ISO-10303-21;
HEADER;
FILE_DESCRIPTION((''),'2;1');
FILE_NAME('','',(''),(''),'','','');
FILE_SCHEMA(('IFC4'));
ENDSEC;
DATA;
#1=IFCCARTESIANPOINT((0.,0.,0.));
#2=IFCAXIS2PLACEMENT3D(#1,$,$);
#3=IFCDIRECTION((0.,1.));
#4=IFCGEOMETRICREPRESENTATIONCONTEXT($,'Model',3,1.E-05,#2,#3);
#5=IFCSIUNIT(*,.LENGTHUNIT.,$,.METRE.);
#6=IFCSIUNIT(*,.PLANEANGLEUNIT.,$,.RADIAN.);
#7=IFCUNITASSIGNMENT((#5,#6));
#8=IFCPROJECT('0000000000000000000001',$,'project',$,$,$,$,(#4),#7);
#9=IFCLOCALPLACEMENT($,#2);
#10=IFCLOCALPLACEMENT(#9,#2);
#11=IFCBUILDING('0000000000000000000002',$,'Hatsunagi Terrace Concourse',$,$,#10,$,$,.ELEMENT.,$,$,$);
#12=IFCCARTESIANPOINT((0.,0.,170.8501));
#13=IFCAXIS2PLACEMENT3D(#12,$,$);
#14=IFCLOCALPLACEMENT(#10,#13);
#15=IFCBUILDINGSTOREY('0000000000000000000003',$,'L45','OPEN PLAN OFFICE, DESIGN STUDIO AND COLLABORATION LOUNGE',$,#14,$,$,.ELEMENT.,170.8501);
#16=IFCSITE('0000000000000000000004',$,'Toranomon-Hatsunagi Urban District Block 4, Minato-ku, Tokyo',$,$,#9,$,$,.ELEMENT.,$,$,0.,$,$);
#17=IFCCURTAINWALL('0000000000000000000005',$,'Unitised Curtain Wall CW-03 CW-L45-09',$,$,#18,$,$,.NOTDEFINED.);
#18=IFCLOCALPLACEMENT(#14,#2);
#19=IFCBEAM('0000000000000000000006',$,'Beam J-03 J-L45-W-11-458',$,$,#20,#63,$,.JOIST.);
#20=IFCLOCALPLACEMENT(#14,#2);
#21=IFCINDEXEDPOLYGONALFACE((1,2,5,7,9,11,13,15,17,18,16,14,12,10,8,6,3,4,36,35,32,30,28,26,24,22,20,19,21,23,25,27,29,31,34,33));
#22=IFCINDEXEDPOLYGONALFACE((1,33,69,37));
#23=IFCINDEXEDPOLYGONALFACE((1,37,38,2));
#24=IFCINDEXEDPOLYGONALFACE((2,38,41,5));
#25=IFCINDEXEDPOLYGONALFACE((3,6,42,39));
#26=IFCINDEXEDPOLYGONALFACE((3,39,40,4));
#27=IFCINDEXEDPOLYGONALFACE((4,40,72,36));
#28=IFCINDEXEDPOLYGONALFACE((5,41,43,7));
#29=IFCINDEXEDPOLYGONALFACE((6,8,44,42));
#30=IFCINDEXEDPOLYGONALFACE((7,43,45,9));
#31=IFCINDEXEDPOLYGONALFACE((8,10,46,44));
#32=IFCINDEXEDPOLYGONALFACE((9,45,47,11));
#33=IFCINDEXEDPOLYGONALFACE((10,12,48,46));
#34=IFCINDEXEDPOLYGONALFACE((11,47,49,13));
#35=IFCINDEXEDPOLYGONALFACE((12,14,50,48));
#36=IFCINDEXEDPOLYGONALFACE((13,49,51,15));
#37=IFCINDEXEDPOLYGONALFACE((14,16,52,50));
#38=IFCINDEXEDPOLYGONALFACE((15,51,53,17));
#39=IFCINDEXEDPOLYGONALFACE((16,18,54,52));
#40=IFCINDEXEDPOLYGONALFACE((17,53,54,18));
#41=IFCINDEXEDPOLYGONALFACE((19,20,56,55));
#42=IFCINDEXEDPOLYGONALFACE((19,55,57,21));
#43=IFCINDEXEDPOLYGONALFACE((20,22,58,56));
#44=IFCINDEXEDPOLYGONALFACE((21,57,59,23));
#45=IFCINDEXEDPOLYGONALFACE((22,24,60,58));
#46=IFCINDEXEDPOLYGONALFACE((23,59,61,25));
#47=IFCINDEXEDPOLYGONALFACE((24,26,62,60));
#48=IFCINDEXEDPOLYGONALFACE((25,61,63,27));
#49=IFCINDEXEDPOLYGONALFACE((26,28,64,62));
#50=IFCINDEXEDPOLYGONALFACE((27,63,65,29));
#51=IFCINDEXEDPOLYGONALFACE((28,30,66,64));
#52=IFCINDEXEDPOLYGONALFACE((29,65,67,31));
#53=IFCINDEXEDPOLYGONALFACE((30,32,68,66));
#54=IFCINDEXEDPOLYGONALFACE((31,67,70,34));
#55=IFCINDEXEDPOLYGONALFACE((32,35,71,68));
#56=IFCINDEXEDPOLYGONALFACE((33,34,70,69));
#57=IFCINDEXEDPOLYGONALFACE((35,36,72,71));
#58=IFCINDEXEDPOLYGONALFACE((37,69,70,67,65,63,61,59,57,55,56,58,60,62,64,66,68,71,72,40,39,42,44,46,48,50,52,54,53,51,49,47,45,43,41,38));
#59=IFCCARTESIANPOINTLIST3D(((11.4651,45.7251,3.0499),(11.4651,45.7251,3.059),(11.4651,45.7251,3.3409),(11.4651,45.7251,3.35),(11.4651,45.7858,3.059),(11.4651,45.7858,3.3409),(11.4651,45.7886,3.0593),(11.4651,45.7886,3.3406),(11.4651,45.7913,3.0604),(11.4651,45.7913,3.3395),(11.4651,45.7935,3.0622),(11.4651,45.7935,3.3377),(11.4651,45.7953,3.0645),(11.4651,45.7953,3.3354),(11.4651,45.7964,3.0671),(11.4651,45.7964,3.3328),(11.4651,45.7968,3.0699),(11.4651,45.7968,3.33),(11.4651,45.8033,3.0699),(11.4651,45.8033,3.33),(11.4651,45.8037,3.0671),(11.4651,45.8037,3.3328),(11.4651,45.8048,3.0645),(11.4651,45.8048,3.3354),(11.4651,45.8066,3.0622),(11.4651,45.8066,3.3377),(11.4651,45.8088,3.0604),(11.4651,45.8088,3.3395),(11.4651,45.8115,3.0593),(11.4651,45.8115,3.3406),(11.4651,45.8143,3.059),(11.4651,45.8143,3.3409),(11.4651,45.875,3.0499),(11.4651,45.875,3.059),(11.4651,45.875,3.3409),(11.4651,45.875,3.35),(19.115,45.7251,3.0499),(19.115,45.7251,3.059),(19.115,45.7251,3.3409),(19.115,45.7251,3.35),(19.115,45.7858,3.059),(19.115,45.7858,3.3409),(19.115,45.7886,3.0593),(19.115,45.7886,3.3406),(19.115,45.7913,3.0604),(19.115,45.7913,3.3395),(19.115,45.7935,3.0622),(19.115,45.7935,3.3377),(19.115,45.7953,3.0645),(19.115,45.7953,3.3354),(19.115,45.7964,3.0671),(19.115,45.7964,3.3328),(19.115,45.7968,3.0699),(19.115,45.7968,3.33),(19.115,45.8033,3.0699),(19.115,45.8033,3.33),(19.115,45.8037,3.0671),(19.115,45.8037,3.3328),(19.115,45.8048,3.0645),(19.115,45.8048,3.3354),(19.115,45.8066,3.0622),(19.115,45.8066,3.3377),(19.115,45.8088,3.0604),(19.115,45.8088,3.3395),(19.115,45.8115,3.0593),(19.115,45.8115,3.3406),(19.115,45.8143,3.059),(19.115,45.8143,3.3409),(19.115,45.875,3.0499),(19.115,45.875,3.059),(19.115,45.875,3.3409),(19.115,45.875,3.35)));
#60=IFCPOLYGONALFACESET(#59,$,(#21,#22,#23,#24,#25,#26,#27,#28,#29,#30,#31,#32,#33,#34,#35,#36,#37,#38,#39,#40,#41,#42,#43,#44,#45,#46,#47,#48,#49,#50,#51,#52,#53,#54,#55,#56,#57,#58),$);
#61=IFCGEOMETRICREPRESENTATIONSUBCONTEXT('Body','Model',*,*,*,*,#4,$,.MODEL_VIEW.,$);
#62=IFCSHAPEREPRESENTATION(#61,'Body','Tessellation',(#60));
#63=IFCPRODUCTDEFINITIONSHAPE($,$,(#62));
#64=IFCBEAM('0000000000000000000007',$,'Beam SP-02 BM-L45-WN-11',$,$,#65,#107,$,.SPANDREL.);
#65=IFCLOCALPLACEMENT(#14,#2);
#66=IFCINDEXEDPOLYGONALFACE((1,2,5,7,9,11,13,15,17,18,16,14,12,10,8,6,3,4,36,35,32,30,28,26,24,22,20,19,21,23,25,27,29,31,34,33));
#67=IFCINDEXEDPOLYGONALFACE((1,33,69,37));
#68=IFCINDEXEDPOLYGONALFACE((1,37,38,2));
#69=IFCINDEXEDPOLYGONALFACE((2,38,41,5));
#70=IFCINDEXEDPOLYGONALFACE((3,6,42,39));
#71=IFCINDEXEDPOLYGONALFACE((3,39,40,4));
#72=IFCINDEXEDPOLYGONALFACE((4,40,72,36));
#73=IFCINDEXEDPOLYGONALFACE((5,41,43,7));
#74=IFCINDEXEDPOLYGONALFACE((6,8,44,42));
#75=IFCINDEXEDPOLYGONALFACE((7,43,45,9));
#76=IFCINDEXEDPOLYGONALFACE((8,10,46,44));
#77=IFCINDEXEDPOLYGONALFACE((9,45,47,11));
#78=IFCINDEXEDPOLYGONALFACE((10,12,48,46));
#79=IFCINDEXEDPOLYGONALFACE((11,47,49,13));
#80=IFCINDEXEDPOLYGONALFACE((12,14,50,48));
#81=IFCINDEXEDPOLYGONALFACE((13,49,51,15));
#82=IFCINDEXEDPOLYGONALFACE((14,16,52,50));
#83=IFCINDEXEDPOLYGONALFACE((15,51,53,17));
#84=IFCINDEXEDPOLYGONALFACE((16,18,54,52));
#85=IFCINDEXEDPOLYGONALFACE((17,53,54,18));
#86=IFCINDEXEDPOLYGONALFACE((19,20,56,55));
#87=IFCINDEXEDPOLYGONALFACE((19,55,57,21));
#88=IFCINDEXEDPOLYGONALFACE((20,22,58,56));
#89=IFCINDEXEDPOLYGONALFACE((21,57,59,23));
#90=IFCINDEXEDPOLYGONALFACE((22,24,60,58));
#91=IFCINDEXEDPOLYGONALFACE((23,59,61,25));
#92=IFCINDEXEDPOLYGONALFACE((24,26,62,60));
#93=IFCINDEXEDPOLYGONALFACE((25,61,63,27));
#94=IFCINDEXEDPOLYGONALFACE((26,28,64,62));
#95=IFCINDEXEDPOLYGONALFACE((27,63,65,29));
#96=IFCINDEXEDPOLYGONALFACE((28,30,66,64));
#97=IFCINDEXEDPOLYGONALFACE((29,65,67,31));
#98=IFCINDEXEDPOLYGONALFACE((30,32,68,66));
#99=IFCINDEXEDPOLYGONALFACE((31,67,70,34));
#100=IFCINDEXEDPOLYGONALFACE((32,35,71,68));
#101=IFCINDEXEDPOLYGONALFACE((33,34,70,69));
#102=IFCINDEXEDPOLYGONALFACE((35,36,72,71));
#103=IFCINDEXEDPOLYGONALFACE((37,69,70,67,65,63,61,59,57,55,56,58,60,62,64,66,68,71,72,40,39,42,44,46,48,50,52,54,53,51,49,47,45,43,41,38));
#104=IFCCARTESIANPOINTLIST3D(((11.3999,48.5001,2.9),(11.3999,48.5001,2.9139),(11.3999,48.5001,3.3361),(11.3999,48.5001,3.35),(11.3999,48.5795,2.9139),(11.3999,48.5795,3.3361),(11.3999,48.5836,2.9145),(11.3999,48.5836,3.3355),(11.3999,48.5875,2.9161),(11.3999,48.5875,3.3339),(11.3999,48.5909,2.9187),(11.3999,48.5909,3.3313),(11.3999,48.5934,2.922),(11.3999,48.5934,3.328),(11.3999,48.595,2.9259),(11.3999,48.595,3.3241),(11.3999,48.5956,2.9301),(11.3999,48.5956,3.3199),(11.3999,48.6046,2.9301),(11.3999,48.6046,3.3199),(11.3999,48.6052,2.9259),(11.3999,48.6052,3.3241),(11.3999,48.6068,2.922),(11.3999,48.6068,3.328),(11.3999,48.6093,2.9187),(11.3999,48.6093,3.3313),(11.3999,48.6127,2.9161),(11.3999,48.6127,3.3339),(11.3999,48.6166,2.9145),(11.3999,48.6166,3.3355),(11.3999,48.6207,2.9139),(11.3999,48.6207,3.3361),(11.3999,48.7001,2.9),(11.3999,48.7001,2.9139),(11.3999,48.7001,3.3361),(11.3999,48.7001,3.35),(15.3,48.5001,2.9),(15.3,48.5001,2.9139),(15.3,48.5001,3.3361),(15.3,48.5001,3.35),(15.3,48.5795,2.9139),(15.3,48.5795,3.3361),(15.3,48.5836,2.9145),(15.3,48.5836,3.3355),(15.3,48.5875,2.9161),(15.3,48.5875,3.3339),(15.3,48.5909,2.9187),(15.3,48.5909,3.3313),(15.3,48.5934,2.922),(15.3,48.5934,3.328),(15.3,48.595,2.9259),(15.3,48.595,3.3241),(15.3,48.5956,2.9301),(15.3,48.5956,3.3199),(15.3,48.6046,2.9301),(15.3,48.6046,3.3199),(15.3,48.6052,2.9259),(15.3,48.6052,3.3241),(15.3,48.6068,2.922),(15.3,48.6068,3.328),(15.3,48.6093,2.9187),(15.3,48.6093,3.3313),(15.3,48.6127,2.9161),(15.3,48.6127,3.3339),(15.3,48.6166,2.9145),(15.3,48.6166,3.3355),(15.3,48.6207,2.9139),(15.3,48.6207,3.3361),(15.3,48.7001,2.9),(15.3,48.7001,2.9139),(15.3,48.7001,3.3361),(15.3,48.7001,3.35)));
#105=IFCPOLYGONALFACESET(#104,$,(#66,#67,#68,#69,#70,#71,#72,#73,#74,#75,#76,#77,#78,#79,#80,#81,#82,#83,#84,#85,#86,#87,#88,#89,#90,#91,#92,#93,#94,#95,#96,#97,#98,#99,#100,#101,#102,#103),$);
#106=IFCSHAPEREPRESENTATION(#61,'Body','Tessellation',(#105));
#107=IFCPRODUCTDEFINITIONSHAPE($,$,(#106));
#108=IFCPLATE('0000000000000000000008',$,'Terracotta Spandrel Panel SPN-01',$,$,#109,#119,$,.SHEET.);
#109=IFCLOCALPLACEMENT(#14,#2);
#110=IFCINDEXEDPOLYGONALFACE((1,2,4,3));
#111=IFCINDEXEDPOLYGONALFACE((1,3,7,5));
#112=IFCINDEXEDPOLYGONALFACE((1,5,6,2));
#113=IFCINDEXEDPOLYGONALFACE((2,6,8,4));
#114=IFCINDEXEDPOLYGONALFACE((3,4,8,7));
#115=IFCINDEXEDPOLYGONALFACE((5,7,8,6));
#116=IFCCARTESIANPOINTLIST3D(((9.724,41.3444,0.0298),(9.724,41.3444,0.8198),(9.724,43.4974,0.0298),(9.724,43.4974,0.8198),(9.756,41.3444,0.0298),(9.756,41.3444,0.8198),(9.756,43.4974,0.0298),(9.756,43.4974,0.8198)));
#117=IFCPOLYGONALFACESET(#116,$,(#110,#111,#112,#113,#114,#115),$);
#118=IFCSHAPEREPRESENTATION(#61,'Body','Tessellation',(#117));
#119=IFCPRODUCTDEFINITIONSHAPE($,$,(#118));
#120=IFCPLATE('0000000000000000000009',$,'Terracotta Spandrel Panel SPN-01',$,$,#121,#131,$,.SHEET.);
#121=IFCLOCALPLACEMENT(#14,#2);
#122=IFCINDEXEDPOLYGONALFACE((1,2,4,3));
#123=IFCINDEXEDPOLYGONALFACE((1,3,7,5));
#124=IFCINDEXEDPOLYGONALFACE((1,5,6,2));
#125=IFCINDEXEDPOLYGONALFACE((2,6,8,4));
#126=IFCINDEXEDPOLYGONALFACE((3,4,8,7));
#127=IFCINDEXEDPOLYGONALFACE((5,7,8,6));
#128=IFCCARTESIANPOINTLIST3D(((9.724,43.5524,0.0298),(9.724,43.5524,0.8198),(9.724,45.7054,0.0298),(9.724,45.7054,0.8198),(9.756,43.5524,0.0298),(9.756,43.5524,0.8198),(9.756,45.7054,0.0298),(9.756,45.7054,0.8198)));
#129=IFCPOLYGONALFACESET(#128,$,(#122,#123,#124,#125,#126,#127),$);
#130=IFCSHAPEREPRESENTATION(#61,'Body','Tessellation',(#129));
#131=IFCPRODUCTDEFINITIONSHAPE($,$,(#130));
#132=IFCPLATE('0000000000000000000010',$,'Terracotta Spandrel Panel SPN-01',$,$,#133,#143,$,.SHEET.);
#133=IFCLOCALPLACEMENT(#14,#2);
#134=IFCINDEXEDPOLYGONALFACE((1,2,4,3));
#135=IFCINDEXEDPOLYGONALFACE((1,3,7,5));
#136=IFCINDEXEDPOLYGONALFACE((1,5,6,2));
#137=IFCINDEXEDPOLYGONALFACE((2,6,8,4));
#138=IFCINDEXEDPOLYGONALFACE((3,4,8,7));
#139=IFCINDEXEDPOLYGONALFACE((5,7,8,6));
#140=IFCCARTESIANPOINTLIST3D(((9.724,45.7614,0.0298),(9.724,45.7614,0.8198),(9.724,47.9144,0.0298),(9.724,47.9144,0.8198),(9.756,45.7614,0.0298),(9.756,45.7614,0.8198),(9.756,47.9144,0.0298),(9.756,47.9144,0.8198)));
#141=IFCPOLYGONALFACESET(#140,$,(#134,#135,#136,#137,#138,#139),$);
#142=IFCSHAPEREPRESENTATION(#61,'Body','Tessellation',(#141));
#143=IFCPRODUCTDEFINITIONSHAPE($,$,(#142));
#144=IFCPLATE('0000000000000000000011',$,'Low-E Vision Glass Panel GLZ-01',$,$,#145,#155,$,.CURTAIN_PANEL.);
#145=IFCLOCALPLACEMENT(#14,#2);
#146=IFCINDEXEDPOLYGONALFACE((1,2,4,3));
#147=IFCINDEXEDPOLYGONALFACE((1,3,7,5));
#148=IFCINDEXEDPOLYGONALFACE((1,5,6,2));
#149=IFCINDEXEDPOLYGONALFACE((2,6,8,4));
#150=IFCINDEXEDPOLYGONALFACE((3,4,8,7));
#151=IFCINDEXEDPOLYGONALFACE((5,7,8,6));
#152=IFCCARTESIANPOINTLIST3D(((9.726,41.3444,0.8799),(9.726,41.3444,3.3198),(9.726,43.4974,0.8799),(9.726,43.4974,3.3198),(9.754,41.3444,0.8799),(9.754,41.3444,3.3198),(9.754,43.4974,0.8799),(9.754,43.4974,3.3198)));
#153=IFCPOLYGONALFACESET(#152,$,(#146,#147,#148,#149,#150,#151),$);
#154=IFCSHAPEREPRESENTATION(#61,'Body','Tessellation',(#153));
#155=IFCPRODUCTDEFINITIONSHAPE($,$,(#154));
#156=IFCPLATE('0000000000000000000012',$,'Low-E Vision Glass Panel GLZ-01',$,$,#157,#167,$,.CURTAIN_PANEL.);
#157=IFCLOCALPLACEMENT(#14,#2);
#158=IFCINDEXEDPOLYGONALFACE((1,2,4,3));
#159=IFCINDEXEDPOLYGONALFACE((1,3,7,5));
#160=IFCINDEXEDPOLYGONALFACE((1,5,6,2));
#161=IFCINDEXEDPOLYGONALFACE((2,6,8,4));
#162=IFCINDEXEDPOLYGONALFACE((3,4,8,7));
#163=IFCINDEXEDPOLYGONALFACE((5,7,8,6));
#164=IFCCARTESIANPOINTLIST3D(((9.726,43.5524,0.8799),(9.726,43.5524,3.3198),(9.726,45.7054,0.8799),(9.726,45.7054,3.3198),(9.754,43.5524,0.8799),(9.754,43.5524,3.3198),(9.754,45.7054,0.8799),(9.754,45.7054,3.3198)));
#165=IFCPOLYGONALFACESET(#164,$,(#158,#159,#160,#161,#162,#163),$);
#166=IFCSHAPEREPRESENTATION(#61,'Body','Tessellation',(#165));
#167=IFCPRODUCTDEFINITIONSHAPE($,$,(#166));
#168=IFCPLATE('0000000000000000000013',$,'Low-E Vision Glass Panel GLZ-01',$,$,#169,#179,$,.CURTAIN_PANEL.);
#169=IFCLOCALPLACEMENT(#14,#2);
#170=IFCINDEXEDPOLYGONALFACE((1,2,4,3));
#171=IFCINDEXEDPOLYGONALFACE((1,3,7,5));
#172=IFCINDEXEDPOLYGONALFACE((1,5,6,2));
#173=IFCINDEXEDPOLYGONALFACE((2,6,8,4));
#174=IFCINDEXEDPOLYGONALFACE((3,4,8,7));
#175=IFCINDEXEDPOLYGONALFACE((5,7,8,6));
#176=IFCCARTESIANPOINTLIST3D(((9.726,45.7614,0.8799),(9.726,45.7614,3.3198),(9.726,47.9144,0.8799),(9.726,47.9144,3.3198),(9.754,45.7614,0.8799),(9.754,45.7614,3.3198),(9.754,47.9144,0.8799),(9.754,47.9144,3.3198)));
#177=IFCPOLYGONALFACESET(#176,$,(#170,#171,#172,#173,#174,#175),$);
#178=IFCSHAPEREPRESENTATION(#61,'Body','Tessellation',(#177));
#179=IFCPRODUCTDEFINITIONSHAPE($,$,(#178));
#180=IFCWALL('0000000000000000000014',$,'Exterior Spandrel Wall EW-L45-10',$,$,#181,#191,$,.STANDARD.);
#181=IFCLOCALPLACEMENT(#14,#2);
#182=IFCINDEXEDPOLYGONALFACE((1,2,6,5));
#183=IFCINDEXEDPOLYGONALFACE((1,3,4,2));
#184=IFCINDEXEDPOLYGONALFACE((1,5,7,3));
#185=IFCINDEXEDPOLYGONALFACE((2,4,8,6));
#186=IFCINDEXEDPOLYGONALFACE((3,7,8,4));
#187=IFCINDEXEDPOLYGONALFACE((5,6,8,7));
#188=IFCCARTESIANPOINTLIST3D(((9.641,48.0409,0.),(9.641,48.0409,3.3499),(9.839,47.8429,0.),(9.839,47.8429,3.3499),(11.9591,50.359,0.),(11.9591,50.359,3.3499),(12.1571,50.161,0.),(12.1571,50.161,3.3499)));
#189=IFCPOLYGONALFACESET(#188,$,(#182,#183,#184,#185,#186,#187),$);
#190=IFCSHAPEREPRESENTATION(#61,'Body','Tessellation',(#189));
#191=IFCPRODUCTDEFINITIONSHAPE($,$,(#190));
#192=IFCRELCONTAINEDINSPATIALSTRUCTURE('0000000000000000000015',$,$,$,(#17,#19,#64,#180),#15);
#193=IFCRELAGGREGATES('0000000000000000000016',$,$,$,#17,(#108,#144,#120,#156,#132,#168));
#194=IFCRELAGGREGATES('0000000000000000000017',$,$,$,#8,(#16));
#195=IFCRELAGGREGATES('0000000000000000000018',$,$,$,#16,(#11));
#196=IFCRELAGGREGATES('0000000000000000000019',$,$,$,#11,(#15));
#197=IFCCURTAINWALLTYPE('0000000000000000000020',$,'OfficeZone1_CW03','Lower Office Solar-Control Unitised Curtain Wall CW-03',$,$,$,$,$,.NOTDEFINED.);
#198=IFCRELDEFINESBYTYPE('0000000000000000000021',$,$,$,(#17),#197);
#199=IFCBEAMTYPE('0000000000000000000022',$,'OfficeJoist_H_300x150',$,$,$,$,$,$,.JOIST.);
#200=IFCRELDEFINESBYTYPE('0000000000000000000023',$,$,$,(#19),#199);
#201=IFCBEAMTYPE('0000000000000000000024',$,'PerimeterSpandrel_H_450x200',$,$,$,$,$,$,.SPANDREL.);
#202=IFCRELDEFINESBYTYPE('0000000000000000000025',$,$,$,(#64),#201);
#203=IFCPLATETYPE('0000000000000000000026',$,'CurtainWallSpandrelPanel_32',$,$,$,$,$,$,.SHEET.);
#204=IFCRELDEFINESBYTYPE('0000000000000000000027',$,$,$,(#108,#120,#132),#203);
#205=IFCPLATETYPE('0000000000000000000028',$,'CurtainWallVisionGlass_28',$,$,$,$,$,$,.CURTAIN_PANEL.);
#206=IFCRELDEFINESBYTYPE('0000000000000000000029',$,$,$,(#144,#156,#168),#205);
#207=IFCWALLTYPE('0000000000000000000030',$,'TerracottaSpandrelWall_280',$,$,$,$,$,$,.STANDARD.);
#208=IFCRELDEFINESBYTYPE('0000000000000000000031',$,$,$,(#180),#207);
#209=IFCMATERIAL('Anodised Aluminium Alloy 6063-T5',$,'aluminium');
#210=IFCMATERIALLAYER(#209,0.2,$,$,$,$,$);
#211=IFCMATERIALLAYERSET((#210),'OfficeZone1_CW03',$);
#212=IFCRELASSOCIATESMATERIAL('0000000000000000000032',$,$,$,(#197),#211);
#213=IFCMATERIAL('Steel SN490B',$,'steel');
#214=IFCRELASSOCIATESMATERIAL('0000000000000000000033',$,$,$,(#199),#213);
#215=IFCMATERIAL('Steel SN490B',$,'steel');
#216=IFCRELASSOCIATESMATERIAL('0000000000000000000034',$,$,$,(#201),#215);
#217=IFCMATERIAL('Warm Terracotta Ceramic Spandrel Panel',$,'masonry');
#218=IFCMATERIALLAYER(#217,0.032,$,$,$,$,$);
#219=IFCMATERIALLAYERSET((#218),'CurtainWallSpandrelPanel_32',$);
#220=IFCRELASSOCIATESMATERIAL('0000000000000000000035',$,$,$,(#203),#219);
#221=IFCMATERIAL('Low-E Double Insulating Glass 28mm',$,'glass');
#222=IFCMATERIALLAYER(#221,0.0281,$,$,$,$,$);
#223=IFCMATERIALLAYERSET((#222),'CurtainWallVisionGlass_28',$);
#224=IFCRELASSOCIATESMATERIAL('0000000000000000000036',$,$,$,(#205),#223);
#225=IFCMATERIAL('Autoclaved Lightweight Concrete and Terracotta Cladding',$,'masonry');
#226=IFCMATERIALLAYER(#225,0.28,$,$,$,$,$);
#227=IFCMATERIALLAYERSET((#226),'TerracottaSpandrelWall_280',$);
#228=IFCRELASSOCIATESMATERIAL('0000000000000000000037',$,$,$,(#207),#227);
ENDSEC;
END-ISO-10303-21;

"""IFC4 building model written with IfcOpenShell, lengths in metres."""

from ifc_helpers import new_model, si_unit, direction, frame, frame_2d, origin, origin_2d, place, context, subcontext, project, spatial, rectangle, i_section, extrude, material, layer, layer_set, material_profile, profile_set, type_object, element, aggregate, save


model = new_model("IFC4")

# Units and contexts
model_context = context("Model", 3, precision=1e-05, world=origin(), true_north=direction((0.0, 1.0)))
body_context = subcontext(model_context, "Body", "Model", "MODEL_VIEW")
ifc_project = project(units=[si_unit("LENGTHUNIT", "METRE"), si_unit("PLANEANGLEUNIT", "RADIAN")], contexts=[model_context])

# Site, building, storey
site_placement = place(None, origin())
site = spatial("IfcSite", under=ifc_project, at=site_placement, Name="Toranomon-Hatsunagi Urban District Block 4, Minato-ku, Tokyo", CompositionType="ELEMENT", RefElevation=0.0)
building_placement = place(site_placement, origin())
building = spatial("IfcBuilding", under=site, at=building_placement, Name="Hatsunagi Terrace Concourse", CompositionType="ELEMENT")
storey_placement = place(building_placement, frame((0.0, 0.0, 170.8501)))
storey = spatial("IfcBuildingStorey", under=building, at=storey_placement, Name="L45", Description="OPEN PLAN OFFICE, DESIGN STUDIO AND COLLABORATION LOUNGE", CompositionType="ELEMENT", Elevation=170.8501)

# Curtain wall
ifc_material_1 = material(Name="Anodised Aluminium Alloy 6063-T5", Category="aluminium")
ifc_layer_1 = layer(ifc_material_1, 0.2)
ifc_layer_set_1 = layer_set([ifc_layer_1], Name="OfficeZone1_CW03")
curtain_wall_type = type_object("IfcCurtainWallType", Name="OfficeZone1_CW03", Description="Lower Office Solar-Control Unitised Curtain Wall CW-03", PredefinedType="NOTDEFINED", material=ifc_layer_set_1)
curtain_wall_placement = place(storey_placement, origin())
curtain_wall = element("IfcCurtainWall", 1, at=curtain_wall_placement, inside=storey, type_object=curtain_wall_type, Name="Unitised Curtain Wall CW-03 CW-L45-09", PredefinedType="NOTDEFINED")

# Beams
ifc_material_2 = material(Name="Steel SN490B", Category="steel")
ifc_material_profile_1 = material_profile(ifc_material_2, i_section(OverallWidth=0.1499, OverallDepth=0.3, WebThickness=0.0066, FlangeThickness=0.009, FilletRadius=0.011, at=origin_2d()), Name="H-300x150x6.5x9")
ifc_profile_set_1 = profile_set([ifc_material_profile_1], Name="Steel SN490B")
beam_type_1 = type_object("IfcBeamType", Name="OfficeJoist_H_300x150", PredefinedType="JOIST", material=ifc_profile_set_1)
for number, where, z_axis, x_axis, name in (
    (2, (11.4651, 45.8, 3.2), (1.0, 0.0, 0.0), (0.0, 1.0, 0.0), "Beam J-03 J-L45-W-11-458"),
):
    element("IfcBeam", number, at=place(storey_placement, frame(where, z_axis=z_axis, x_axis=x_axis)), inside=storey, type_object=beam_type_1, Name=name, PredefinedType="JOIST", context=body_context, shape_type="SweptSolid", body=[
        extrude(i_section(OverallWidth=0.1499, OverallDepth=0.3, WebThickness=0.0066, FlangeThickness=0.009, FilletRadius=0.011, at=origin_2d()), origin(), (0.0, 0.0, 1.0), 7.6499),
    ])
ifc_material_3 = material(Name="Steel SN490B", Category="steel")
ifc_material_profile_2 = material_profile(ifc_material_3, i_section(OverallWidth=0.2, OverallDepth=0.45, WebThickness=0.009, FlangeThickness=0.0139, FilletRadius=0.0161, at=origin_2d()), Name="H-450x200x9x14")
ifc_profile_set_2 = profile_set([ifc_material_profile_2], Name="Steel SN490B")
beam_type_2 = type_object("IfcBeamType", Name="PerimeterSpandrel_H_450x200", PredefinedType="SPANDREL", material=ifc_profile_set_2)
beam_placement = place(storey_placement, frame((11.3999, 48.6001, 3.125), z_axis=(1.0, 0.0, 0.0), x_axis=(0.0, 1.0, 0.0)))
element("IfcBeam", 3, at=beam_placement, inside=storey, type_object=beam_type_2, Name="Beam SP-02 BM-L45-WN-11", PredefinedType="SPANDREL", context=body_context, shape_type="SweptSolid", body=[
    extrude(i_section(OverallWidth=0.2, OverallDepth=0.45, WebThickness=0.009, FlangeThickness=0.0139, FilletRadius=0.0161, at=origin_2d()), origin(), (0.0, 0.0, 1.0), 3.9001),
])

# Plates
ifc_material_4 = material(Name="Warm Terracotta Ceramic Spandrel Panel", Category="masonry")
ifc_layer_2 = layer(ifc_material_4, 0.032)
ifc_layer_set_2 = layer_set([ifc_layer_2], Name="CurtainWallSpandrelPanel_32")
plate_type_1 = type_object("IfcPlateType", Name="CurtainWallSpandrelPanel_32", PredefinedType="SHEET", material=ifc_layer_set_2)
plate_1_placement = place(storey_placement, frame((9.74, 42.4209, 0.0298), z_axis=(0.0, 0.0, 1.0), x_axis=(0.0, 1.0, 0.0)))
plate_1 = element("IfcPlate", 4, at=plate_1_placement, type_object=plate_type_1, Name="Terracotta Spandrel Panel SPN-01", PredefinedType="SHEET", context=body_context, shape_type="SweptSolid", body=[
    extrude(rectangle(XDim=2.1531, YDim=0.032, at=origin_2d()), origin(), (0.0, 0.0, 1.0), 0.79),
])
plate_2_placement = place(storey_placement, frame((9.74, 44.6289, 0.0298), z_axis=(0.0, 0.0, 1.0), x_axis=(0.0, 1.0, 0.0)))
plate_2 = element("IfcPlate", 5, at=plate_2_placement, type_object=plate_type_1, Name="Terracotta Spandrel Panel SPN-01", PredefinedType="SHEET", context=body_context, shape_type="SweptSolid", body=[
    extrude(rectangle(XDim=2.1531, YDim=0.032, at=origin_2d()), origin(), (0.0, 0.0, 1.0), 0.79),
])
plate_3_placement = place(storey_placement, frame((9.74, 46.8379, 0.0298), z_axis=(0.0, 0.0, 1.0), x_axis=(0.0, 1.0, 0.0)))
plate_3 = element("IfcPlate", 6, at=plate_3_placement, type_object=plate_type_1, Name="Terracotta Spandrel Panel SPN-01", PredefinedType="SHEET", context=body_context, shape_type="SweptSolid", body=[
    extrude(rectangle(XDim=2.1531, YDim=0.032, at=origin_2d()), origin(), (0.0, 0.0, 1.0), 0.79),
])
ifc_material_5 = material(Name="Low-E Double Insulating Glass 28mm", Category="glass")
ifc_layer_3 = layer(ifc_material_5, 0.0281)
ifc_layer_set_3 = layer_set([ifc_layer_3], Name="CurtainWallVisionGlass_28")
plate_type_2 = type_object("IfcPlateType", Name="CurtainWallVisionGlass_28", PredefinedType="CURTAIN_PANEL", material=ifc_layer_set_3)
plate_4_placement = place(storey_placement, frame((9.74, 42.4209, 0.8799), z_axis=(0.0, 0.0, 1.0), x_axis=(0.0, 1.0, 0.0)))
plate_4 = element("IfcPlate", 7, at=plate_4_placement, type_object=plate_type_2, Name="Low-E Vision Glass Panel GLZ-01", PredefinedType="CURTAIN_PANEL", context=body_context, shape_type="SweptSolid", body=[
    extrude(rectangle(XDim=2.1531, YDim=0.0281, at=origin_2d()), origin(), (0.0, 0.0, 1.0), 2.4399),
])
plate_5_placement = place(storey_placement, frame((9.74, 44.6289, 0.8799), z_axis=(0.0, 0.0, 1.0), x_axis=(0.0, 1.0, 0.0)))
plate_5 = element("IfcPlate", 8, at=plate_5_placement, type_object=plate_type_2, Name="Low-E Vision Glass Panel GLZ-01", PredefinedType="CURTAIN_PANEL", context=body_context, shape_type="SweptSolid", body=[
    extrude(rectangle(XDim=2.1531, YDim=0.0281, at=origin_2d()), origin(), (0.0, 0.0, 1.0), 2.4399),
])
plate_6_placement = place(storey_placement, frame((9.74, 46.8379, 0.8799), z_axis=(0.0, 0.0, 1.0), x_axis=(0.0, 1.0, 0.0)))
plate_6 = element("IfcPlate", 9, at=plate_6_placement, type_object=plate_type_2, Name="Low-E Vision Glass Panel GLZ-01", PredefinedType="CURTAIN_PANEL", context=body_context, shape_type="SweptSolid", body=[
    extrude(rectangle(XDim=2.1531, YDim=0.0281, at=origin_2d()), origin(), (0.0, 0.0, 1.0), 2.4399),
])
aggregate(curtain_wall, [plate_1, plate_4, plate_2, plate_5, plate_3, plate_6])

# Wall
ifc_material_6 = material(Name="Autoclaved Lightweight Concrete and Terracotta Cladding", Category="masonry")
ifc_layer_4 = layer(ifc_material_6, 0.28)
ifc_layer_set_4 = layer_set([ifc_layer_4], Name="TerracottaSpandrelWall_280")
wall_type = type_object("IfcWallType", Name="TerracottaSpandrelWall_280", PredefinedType="STANDARD", material=ifc_layer_set_4)
wall_placement = place(storey_placement, frame((9.74, 47.9419, 0.0), z_axis=(0.0, 0.0, 1.0), x_axis=(0.707107, 0.707107, 0.0)))
element("IfcWall", 10, at=wall_placement, inside=storey, type_object=wall_type, Name="Exterior Spandrel Wall EW-L45-10", PredefinedType="STANDARD", context=body_context, shape_type="SweptSolid", body=[
    extrude(rectangle(XDim=3.2783, YDim=0.28, at=frame_2d((1.6392, 0.0))), origin(), (0.0, 0.0, 1.0), 3.3499),
])

save(model, "model.ifc")
